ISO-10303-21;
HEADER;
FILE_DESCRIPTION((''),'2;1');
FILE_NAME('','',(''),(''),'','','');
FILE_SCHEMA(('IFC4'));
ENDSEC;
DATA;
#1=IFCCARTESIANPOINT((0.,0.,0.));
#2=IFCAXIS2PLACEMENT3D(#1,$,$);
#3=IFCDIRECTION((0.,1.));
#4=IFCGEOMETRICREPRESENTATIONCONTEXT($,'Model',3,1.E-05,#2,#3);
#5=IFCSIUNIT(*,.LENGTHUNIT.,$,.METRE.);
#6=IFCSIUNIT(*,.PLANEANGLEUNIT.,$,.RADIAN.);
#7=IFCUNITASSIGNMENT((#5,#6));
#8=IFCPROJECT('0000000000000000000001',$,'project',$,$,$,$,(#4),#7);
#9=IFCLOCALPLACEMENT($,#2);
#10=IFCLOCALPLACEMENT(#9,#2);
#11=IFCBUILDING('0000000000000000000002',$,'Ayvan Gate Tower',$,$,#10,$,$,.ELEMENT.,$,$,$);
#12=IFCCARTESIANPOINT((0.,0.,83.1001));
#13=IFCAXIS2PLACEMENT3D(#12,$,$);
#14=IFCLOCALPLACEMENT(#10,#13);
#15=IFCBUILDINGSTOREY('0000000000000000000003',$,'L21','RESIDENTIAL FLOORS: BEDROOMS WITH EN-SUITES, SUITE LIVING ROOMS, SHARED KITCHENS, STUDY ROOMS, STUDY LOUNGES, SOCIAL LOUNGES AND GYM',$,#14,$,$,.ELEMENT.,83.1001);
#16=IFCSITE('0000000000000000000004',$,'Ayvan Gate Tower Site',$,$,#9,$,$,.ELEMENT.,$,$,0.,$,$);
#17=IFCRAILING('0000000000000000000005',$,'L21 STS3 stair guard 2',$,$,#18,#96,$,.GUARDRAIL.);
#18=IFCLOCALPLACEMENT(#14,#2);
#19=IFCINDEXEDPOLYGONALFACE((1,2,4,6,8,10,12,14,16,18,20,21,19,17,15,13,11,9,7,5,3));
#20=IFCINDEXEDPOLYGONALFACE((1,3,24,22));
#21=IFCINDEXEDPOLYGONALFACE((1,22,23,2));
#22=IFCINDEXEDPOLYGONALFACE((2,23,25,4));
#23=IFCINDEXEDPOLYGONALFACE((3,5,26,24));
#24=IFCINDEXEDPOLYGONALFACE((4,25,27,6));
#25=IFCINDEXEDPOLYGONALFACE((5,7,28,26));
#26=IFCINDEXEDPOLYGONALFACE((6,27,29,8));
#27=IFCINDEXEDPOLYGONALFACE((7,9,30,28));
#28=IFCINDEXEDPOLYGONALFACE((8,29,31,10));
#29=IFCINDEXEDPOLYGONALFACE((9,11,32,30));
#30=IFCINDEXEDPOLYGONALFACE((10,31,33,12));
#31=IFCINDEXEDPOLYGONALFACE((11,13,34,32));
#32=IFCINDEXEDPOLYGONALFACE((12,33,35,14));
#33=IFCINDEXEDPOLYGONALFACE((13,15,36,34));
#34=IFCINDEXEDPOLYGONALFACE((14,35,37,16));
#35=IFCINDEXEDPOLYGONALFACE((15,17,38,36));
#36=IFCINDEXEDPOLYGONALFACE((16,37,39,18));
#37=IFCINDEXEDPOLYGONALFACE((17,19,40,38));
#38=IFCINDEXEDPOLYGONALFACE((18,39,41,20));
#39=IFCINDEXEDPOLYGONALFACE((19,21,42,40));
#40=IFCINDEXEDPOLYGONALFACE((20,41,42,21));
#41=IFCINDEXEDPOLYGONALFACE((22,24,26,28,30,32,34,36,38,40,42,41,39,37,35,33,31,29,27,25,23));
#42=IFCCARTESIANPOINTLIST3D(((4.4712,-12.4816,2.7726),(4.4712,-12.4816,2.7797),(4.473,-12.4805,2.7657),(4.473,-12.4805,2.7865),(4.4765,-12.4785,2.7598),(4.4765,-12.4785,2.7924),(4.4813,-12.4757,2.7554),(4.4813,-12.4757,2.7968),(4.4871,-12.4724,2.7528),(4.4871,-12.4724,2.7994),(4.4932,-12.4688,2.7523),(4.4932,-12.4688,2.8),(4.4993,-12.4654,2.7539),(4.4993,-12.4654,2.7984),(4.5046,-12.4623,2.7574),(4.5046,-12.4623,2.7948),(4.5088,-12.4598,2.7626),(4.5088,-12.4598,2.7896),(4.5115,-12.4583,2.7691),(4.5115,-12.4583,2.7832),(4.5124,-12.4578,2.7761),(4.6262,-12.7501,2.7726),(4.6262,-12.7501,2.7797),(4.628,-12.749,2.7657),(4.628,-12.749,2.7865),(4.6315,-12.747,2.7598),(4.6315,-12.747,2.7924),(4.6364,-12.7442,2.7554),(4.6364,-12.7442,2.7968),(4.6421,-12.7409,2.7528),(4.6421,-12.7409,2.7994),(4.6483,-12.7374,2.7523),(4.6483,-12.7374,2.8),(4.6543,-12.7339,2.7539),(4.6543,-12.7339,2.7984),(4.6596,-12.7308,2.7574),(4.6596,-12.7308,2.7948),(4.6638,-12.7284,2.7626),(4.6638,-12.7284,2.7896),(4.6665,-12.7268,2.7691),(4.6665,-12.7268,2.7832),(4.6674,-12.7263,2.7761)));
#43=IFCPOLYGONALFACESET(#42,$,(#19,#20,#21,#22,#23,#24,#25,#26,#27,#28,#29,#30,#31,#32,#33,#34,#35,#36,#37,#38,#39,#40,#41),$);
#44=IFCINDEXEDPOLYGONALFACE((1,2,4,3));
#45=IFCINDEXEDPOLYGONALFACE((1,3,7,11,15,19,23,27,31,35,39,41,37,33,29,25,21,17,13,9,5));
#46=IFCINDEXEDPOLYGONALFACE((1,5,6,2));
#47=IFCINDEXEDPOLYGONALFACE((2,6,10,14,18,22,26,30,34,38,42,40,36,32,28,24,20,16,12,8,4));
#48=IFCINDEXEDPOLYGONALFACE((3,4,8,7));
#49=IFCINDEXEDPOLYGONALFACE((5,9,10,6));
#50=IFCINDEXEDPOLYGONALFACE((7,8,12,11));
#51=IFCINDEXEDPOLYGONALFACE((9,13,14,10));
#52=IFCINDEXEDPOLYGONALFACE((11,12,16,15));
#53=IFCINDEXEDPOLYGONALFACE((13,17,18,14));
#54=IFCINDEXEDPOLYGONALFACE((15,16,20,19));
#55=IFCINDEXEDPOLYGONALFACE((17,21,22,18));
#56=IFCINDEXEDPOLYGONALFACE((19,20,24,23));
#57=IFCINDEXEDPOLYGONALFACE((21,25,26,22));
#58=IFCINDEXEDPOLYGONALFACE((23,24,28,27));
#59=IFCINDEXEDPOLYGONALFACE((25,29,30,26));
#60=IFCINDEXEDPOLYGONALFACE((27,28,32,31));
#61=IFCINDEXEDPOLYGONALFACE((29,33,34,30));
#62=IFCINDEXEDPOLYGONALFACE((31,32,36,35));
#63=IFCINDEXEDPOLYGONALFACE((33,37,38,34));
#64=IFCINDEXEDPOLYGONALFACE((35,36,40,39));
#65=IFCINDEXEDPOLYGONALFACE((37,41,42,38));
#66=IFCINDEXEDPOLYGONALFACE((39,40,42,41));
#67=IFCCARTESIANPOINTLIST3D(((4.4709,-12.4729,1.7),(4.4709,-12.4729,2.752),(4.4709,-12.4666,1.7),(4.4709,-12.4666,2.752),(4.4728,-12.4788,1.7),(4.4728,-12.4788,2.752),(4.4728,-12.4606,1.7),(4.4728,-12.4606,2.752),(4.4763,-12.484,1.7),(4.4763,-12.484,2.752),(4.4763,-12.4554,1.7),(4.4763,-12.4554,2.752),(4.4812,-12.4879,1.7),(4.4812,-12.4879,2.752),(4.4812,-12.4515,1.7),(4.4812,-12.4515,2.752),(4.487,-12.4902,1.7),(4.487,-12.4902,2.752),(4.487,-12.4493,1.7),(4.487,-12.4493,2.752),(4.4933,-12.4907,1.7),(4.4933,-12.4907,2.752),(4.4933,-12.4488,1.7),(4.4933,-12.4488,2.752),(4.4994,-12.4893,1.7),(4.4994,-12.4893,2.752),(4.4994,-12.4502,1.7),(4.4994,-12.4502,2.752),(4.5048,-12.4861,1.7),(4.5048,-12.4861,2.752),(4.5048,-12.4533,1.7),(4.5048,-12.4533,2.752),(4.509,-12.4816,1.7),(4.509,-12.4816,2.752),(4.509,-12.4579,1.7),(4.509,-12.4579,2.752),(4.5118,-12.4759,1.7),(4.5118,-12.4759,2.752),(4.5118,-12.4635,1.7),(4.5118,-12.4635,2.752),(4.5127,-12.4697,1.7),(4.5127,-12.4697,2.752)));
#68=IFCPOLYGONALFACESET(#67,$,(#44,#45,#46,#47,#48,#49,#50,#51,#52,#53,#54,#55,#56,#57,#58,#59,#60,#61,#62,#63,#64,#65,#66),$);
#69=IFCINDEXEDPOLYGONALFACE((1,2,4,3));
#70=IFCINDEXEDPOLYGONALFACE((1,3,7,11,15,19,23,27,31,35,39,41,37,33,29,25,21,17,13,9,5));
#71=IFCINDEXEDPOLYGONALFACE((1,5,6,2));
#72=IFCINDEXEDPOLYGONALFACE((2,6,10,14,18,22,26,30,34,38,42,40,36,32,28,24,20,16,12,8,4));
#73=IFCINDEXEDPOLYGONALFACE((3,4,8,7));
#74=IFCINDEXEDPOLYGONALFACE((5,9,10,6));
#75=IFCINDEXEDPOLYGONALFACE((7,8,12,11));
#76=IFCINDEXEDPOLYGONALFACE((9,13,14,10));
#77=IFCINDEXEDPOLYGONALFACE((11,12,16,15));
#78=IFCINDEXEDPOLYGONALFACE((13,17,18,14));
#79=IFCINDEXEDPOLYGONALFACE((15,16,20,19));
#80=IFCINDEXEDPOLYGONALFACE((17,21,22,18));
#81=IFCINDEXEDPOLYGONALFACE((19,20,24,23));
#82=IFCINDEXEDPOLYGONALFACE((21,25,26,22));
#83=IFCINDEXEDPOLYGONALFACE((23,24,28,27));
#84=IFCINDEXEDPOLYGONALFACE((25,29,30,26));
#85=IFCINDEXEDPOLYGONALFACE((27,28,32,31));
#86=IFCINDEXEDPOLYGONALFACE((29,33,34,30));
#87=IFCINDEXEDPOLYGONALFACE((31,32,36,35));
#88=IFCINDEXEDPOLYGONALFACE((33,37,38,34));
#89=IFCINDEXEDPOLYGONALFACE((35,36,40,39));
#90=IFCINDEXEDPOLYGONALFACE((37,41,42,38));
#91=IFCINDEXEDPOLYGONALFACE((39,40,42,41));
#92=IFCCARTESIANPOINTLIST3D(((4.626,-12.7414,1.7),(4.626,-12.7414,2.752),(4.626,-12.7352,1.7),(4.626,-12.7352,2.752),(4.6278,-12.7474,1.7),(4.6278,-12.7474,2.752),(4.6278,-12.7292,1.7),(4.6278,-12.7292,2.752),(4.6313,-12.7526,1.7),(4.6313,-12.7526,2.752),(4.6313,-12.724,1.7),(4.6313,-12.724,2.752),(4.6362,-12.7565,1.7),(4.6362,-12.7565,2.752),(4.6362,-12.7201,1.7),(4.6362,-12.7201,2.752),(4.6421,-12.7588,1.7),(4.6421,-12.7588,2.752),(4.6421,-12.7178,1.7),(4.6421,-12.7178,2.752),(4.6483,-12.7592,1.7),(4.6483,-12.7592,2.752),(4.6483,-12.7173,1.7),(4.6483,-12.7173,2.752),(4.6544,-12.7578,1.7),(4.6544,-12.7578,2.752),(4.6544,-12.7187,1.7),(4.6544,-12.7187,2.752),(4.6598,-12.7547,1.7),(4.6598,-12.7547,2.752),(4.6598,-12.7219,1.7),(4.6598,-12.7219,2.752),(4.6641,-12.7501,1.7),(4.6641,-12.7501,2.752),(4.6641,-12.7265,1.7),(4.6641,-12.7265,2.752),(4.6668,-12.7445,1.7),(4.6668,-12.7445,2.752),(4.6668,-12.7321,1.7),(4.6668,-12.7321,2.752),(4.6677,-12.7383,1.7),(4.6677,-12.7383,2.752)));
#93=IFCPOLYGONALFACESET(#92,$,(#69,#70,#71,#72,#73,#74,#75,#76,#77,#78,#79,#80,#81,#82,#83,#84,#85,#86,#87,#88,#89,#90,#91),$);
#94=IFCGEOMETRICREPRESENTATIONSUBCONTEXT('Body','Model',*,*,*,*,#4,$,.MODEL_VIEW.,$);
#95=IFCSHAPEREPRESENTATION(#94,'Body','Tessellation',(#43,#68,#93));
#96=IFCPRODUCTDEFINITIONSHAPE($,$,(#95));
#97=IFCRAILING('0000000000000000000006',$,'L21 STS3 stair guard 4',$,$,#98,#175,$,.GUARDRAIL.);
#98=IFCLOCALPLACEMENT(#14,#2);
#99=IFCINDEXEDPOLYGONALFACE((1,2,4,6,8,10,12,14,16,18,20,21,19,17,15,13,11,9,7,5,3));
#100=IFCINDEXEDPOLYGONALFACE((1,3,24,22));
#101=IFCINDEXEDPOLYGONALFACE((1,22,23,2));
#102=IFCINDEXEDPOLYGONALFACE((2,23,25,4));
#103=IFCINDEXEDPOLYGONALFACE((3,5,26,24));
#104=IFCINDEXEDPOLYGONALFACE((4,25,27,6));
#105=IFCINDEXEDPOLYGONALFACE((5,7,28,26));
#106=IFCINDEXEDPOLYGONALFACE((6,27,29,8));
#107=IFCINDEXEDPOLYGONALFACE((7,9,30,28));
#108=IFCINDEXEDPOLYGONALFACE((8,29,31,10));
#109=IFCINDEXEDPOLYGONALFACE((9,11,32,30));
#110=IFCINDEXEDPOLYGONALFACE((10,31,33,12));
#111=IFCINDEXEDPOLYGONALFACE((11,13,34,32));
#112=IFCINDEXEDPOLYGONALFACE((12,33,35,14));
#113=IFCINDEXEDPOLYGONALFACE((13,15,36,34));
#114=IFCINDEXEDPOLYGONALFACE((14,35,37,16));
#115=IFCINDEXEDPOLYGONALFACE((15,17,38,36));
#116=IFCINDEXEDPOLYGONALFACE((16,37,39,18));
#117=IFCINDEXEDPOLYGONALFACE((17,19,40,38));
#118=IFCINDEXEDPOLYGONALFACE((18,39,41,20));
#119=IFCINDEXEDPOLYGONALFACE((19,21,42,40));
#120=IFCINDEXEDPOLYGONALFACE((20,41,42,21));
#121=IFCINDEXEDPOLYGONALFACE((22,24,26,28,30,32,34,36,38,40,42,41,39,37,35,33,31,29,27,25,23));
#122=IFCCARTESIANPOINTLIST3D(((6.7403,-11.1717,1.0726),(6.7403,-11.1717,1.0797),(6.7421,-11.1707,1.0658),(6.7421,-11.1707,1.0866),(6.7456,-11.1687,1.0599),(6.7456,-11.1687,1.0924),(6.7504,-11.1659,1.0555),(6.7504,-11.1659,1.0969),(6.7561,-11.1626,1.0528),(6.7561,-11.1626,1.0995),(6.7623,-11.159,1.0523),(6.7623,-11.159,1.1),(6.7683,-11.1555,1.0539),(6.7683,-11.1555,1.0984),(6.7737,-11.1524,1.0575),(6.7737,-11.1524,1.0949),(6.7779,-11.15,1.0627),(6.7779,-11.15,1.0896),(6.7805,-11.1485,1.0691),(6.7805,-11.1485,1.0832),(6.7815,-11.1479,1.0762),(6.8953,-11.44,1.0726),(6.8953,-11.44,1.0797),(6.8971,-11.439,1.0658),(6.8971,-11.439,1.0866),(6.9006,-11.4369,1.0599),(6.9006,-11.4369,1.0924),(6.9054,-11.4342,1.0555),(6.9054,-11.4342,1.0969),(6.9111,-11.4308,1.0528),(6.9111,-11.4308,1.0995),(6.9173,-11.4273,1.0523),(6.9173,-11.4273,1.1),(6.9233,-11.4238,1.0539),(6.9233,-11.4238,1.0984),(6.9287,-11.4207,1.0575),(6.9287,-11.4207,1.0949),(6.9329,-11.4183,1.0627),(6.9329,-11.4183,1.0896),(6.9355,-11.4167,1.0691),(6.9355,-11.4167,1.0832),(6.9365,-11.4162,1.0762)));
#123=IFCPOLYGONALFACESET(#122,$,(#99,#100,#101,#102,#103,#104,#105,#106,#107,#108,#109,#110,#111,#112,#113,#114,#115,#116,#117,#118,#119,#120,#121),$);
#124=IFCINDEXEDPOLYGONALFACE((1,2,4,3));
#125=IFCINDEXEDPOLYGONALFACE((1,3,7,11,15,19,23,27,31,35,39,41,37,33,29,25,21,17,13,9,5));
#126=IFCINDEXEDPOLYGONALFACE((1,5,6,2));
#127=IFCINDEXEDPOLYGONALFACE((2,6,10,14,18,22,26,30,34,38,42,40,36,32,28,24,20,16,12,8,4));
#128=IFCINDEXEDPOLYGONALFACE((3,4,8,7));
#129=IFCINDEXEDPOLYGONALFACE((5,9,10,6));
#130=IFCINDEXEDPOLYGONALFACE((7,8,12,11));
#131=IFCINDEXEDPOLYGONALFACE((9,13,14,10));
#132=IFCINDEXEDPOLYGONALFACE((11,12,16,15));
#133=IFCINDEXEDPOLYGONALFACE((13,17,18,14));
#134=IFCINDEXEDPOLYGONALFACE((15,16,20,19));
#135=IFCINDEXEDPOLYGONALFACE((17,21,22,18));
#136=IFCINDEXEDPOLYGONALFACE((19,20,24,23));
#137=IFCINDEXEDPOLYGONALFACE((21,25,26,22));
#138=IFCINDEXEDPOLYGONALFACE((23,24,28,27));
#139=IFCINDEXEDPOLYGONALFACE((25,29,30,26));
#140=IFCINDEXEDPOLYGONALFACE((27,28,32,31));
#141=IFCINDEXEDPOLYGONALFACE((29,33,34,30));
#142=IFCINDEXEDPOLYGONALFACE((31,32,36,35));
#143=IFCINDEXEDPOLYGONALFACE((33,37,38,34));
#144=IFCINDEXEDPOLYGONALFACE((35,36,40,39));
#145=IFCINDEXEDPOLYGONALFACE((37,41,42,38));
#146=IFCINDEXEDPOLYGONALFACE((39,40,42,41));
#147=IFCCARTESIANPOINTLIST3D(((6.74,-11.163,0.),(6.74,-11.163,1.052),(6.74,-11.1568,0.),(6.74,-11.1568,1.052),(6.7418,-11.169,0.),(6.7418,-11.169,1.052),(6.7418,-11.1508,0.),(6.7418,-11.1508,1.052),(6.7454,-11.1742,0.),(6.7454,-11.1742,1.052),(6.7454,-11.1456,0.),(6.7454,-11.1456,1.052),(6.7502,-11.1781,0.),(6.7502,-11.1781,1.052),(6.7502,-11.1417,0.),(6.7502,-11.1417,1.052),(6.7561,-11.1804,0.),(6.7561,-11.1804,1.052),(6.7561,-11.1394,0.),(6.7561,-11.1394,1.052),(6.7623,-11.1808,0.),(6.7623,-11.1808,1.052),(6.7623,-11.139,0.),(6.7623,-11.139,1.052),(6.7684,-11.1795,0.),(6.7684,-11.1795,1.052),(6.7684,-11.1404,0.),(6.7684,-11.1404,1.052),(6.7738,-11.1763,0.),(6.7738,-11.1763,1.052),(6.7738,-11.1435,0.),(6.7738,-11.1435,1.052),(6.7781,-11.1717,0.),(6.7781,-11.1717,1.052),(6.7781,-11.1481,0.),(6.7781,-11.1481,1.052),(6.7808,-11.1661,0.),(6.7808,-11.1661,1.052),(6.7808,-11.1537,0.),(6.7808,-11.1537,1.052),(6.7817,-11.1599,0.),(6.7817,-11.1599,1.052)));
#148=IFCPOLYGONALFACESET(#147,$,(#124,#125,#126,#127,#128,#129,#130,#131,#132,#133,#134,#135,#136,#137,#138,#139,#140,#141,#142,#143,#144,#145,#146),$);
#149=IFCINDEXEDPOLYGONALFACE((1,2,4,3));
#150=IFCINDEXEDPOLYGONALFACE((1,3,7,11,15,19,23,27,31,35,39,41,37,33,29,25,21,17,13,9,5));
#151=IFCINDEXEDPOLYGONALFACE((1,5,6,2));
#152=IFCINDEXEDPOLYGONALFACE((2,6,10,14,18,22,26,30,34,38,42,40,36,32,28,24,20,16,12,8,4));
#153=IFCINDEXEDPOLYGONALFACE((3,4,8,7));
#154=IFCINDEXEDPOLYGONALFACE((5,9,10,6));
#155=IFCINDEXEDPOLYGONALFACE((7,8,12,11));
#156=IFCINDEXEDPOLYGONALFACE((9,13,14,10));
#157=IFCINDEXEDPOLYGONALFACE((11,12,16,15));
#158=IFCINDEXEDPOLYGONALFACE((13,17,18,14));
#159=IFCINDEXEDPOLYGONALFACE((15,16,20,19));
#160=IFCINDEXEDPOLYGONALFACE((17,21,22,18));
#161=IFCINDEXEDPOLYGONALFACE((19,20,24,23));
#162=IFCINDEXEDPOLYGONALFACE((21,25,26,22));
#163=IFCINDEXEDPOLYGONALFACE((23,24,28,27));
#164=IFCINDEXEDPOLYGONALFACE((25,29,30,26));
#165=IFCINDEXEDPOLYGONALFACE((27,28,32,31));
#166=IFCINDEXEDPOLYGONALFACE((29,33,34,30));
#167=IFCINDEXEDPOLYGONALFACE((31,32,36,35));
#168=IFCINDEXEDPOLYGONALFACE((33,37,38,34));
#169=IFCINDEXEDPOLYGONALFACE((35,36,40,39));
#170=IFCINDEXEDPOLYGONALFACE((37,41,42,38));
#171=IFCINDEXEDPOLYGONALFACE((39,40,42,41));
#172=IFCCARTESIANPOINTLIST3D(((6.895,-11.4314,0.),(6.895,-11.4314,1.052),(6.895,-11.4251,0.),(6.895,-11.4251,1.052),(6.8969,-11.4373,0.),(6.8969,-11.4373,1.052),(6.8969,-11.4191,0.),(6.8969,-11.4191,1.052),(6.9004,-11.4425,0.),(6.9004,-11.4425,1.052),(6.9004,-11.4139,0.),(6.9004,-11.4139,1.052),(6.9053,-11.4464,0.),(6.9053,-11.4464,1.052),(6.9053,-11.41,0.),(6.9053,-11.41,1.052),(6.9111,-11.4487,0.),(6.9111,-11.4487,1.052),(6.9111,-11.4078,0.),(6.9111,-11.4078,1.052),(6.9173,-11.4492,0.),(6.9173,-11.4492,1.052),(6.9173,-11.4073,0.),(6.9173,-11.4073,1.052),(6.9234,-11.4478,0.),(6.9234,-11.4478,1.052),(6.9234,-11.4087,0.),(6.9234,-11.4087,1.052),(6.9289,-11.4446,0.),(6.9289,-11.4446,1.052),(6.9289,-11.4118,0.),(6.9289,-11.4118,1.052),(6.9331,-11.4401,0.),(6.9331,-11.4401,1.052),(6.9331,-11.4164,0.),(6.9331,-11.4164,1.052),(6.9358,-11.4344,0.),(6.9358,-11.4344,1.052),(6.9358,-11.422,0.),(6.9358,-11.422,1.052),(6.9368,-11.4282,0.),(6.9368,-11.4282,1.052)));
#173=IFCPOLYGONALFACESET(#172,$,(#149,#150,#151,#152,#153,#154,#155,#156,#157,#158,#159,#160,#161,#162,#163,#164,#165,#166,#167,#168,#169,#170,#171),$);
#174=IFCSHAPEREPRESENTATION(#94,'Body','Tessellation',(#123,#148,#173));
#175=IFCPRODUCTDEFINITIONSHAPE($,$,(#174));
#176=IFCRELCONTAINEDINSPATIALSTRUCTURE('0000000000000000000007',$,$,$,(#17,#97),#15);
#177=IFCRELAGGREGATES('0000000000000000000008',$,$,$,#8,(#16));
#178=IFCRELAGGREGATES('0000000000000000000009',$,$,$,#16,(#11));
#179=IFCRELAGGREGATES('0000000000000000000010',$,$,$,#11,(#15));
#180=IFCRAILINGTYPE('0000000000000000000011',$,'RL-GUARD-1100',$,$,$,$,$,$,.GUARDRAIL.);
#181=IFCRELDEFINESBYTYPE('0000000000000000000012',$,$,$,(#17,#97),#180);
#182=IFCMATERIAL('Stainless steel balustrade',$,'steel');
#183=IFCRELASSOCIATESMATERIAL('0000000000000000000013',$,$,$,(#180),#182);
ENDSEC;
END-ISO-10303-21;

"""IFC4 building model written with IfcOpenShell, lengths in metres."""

from ifc_helpers import new_model, si_unit, direction, frame, origin, origin_2d, place, context, subcontext, project, spatial, circle, extrude, material, type_object, element, save


model = new_model("IFC4")

# Units and contexts
model_context = context("Model", 3, precision=1e-05, world=origin(), true_north=direction((0.0, 1.0)))
body_context = subcontext(model_context, "Body", "Model", "MODEL_VIEW")
ifc_project = project(units=[si_unit("LENGTHUNIT", "METRE"), si_unit("PLANEANGLEUNIT", "RADIAN")], contexts=[model_context])

# Site, building, storey
site_placement = place(None, origin())
site = spatial("IfcSite", under=ifc_project, at=site_placement, Name="Ayvan Gate Tower Site", CompositionType="ELEMENT", RefElevation=0.0)
building_placement = place(site_placement, origin())
building = spatial("IfcBuilding", under=site, at=building_placement, Name="Ayvan Gate Tower", CompositionType="ELEMENT")
storey_placement = place(building_placement, frame((0.0, 0.0, 83.1001)))
storey = spatial("IfcBuildingStorey", under=building, at=storey_placement, Name="L21", Description="RESIDENTIAL FLOORS: BEDROOMS WITH EN-SUITES, SUITE LIVING ROOMS, SHARED KITCHENS, STUDY ROOMS, STUDY LOUNGES, SOCIAL LOUNGES AND GYM", CompositionType="ELEMENT", Elevation=83.1001)

# Railings
ifc_material_1 = material(Name="Stainless steel balustrade", Category="steel")
railing_type_1 = type_object("IfcRailingType", Name="RL-GUARD-1100", PredefinedType="GUARDRAIL", material=ifc_material_1)
railing_1_placement = place(storey_placement, frame((4.4917, -12.4697, 1.7)))
element("IfcRailing", 1, at=railing_1_placement, inside=storey, type_object=railing_type_1, Name="L21 STS3 stair guard 2", PredefinedType="GUARDRAIL", context=body_context, shape_type="SweptSolid", body=[
    extrude(circle(Radius=0.0239, at=origin_2d()), frame((0.0, 0.0, 1.0762), z_axis=(0.49995, -0.866054, 0.0), x_axis=(0.866054, 0.49995, 0.0)), (0.0, 0.0, 1.0), 0.3101),
    extrude(circle(Radius=0.021, at=origin_2d()), origin(), (0.0, 0.0, 1.0), 1.052),
    extrude(circle(Radius=0.021, at=origin_2d()), frame((0.155, -0.2686, 0.0)), (0.0, 0.0, 1.0), 1.052),
])
railing_2_placement = place(storey_placement, frame((6.7607, -11.1599, 0.0)))
element("IfcRailing", 2, at=railing_2_placement, inside=storey, type_object=railing_type_1, Name="L21 STS3 stair guard 4", PredefinedType="GUARDRAIL", context=body_context, shape_type="SweptSolid", body=[
    extrude(circle(Radius=0.0239, at=origin_2d()), frame((0.0, 0.0, 1.0762), z_axis=(0.500291, -0.865857, 0.0), x_axis=(0.865857, 0.500291, 0.0)), (0.0, 0.0, 1.0), 0.3098),
    extrude(circle(Radius=0.021, at=origin_2d()), origin(), (0.0, 0.0, 1.0), 1.052),
    extrude(circle(Radius=0.021, at=origin_2d()), frame((0.155, -0.2683, 0.0)), (0.0, 0.0, 1.0), 1.052),
])

save(model, "model.ifc")
